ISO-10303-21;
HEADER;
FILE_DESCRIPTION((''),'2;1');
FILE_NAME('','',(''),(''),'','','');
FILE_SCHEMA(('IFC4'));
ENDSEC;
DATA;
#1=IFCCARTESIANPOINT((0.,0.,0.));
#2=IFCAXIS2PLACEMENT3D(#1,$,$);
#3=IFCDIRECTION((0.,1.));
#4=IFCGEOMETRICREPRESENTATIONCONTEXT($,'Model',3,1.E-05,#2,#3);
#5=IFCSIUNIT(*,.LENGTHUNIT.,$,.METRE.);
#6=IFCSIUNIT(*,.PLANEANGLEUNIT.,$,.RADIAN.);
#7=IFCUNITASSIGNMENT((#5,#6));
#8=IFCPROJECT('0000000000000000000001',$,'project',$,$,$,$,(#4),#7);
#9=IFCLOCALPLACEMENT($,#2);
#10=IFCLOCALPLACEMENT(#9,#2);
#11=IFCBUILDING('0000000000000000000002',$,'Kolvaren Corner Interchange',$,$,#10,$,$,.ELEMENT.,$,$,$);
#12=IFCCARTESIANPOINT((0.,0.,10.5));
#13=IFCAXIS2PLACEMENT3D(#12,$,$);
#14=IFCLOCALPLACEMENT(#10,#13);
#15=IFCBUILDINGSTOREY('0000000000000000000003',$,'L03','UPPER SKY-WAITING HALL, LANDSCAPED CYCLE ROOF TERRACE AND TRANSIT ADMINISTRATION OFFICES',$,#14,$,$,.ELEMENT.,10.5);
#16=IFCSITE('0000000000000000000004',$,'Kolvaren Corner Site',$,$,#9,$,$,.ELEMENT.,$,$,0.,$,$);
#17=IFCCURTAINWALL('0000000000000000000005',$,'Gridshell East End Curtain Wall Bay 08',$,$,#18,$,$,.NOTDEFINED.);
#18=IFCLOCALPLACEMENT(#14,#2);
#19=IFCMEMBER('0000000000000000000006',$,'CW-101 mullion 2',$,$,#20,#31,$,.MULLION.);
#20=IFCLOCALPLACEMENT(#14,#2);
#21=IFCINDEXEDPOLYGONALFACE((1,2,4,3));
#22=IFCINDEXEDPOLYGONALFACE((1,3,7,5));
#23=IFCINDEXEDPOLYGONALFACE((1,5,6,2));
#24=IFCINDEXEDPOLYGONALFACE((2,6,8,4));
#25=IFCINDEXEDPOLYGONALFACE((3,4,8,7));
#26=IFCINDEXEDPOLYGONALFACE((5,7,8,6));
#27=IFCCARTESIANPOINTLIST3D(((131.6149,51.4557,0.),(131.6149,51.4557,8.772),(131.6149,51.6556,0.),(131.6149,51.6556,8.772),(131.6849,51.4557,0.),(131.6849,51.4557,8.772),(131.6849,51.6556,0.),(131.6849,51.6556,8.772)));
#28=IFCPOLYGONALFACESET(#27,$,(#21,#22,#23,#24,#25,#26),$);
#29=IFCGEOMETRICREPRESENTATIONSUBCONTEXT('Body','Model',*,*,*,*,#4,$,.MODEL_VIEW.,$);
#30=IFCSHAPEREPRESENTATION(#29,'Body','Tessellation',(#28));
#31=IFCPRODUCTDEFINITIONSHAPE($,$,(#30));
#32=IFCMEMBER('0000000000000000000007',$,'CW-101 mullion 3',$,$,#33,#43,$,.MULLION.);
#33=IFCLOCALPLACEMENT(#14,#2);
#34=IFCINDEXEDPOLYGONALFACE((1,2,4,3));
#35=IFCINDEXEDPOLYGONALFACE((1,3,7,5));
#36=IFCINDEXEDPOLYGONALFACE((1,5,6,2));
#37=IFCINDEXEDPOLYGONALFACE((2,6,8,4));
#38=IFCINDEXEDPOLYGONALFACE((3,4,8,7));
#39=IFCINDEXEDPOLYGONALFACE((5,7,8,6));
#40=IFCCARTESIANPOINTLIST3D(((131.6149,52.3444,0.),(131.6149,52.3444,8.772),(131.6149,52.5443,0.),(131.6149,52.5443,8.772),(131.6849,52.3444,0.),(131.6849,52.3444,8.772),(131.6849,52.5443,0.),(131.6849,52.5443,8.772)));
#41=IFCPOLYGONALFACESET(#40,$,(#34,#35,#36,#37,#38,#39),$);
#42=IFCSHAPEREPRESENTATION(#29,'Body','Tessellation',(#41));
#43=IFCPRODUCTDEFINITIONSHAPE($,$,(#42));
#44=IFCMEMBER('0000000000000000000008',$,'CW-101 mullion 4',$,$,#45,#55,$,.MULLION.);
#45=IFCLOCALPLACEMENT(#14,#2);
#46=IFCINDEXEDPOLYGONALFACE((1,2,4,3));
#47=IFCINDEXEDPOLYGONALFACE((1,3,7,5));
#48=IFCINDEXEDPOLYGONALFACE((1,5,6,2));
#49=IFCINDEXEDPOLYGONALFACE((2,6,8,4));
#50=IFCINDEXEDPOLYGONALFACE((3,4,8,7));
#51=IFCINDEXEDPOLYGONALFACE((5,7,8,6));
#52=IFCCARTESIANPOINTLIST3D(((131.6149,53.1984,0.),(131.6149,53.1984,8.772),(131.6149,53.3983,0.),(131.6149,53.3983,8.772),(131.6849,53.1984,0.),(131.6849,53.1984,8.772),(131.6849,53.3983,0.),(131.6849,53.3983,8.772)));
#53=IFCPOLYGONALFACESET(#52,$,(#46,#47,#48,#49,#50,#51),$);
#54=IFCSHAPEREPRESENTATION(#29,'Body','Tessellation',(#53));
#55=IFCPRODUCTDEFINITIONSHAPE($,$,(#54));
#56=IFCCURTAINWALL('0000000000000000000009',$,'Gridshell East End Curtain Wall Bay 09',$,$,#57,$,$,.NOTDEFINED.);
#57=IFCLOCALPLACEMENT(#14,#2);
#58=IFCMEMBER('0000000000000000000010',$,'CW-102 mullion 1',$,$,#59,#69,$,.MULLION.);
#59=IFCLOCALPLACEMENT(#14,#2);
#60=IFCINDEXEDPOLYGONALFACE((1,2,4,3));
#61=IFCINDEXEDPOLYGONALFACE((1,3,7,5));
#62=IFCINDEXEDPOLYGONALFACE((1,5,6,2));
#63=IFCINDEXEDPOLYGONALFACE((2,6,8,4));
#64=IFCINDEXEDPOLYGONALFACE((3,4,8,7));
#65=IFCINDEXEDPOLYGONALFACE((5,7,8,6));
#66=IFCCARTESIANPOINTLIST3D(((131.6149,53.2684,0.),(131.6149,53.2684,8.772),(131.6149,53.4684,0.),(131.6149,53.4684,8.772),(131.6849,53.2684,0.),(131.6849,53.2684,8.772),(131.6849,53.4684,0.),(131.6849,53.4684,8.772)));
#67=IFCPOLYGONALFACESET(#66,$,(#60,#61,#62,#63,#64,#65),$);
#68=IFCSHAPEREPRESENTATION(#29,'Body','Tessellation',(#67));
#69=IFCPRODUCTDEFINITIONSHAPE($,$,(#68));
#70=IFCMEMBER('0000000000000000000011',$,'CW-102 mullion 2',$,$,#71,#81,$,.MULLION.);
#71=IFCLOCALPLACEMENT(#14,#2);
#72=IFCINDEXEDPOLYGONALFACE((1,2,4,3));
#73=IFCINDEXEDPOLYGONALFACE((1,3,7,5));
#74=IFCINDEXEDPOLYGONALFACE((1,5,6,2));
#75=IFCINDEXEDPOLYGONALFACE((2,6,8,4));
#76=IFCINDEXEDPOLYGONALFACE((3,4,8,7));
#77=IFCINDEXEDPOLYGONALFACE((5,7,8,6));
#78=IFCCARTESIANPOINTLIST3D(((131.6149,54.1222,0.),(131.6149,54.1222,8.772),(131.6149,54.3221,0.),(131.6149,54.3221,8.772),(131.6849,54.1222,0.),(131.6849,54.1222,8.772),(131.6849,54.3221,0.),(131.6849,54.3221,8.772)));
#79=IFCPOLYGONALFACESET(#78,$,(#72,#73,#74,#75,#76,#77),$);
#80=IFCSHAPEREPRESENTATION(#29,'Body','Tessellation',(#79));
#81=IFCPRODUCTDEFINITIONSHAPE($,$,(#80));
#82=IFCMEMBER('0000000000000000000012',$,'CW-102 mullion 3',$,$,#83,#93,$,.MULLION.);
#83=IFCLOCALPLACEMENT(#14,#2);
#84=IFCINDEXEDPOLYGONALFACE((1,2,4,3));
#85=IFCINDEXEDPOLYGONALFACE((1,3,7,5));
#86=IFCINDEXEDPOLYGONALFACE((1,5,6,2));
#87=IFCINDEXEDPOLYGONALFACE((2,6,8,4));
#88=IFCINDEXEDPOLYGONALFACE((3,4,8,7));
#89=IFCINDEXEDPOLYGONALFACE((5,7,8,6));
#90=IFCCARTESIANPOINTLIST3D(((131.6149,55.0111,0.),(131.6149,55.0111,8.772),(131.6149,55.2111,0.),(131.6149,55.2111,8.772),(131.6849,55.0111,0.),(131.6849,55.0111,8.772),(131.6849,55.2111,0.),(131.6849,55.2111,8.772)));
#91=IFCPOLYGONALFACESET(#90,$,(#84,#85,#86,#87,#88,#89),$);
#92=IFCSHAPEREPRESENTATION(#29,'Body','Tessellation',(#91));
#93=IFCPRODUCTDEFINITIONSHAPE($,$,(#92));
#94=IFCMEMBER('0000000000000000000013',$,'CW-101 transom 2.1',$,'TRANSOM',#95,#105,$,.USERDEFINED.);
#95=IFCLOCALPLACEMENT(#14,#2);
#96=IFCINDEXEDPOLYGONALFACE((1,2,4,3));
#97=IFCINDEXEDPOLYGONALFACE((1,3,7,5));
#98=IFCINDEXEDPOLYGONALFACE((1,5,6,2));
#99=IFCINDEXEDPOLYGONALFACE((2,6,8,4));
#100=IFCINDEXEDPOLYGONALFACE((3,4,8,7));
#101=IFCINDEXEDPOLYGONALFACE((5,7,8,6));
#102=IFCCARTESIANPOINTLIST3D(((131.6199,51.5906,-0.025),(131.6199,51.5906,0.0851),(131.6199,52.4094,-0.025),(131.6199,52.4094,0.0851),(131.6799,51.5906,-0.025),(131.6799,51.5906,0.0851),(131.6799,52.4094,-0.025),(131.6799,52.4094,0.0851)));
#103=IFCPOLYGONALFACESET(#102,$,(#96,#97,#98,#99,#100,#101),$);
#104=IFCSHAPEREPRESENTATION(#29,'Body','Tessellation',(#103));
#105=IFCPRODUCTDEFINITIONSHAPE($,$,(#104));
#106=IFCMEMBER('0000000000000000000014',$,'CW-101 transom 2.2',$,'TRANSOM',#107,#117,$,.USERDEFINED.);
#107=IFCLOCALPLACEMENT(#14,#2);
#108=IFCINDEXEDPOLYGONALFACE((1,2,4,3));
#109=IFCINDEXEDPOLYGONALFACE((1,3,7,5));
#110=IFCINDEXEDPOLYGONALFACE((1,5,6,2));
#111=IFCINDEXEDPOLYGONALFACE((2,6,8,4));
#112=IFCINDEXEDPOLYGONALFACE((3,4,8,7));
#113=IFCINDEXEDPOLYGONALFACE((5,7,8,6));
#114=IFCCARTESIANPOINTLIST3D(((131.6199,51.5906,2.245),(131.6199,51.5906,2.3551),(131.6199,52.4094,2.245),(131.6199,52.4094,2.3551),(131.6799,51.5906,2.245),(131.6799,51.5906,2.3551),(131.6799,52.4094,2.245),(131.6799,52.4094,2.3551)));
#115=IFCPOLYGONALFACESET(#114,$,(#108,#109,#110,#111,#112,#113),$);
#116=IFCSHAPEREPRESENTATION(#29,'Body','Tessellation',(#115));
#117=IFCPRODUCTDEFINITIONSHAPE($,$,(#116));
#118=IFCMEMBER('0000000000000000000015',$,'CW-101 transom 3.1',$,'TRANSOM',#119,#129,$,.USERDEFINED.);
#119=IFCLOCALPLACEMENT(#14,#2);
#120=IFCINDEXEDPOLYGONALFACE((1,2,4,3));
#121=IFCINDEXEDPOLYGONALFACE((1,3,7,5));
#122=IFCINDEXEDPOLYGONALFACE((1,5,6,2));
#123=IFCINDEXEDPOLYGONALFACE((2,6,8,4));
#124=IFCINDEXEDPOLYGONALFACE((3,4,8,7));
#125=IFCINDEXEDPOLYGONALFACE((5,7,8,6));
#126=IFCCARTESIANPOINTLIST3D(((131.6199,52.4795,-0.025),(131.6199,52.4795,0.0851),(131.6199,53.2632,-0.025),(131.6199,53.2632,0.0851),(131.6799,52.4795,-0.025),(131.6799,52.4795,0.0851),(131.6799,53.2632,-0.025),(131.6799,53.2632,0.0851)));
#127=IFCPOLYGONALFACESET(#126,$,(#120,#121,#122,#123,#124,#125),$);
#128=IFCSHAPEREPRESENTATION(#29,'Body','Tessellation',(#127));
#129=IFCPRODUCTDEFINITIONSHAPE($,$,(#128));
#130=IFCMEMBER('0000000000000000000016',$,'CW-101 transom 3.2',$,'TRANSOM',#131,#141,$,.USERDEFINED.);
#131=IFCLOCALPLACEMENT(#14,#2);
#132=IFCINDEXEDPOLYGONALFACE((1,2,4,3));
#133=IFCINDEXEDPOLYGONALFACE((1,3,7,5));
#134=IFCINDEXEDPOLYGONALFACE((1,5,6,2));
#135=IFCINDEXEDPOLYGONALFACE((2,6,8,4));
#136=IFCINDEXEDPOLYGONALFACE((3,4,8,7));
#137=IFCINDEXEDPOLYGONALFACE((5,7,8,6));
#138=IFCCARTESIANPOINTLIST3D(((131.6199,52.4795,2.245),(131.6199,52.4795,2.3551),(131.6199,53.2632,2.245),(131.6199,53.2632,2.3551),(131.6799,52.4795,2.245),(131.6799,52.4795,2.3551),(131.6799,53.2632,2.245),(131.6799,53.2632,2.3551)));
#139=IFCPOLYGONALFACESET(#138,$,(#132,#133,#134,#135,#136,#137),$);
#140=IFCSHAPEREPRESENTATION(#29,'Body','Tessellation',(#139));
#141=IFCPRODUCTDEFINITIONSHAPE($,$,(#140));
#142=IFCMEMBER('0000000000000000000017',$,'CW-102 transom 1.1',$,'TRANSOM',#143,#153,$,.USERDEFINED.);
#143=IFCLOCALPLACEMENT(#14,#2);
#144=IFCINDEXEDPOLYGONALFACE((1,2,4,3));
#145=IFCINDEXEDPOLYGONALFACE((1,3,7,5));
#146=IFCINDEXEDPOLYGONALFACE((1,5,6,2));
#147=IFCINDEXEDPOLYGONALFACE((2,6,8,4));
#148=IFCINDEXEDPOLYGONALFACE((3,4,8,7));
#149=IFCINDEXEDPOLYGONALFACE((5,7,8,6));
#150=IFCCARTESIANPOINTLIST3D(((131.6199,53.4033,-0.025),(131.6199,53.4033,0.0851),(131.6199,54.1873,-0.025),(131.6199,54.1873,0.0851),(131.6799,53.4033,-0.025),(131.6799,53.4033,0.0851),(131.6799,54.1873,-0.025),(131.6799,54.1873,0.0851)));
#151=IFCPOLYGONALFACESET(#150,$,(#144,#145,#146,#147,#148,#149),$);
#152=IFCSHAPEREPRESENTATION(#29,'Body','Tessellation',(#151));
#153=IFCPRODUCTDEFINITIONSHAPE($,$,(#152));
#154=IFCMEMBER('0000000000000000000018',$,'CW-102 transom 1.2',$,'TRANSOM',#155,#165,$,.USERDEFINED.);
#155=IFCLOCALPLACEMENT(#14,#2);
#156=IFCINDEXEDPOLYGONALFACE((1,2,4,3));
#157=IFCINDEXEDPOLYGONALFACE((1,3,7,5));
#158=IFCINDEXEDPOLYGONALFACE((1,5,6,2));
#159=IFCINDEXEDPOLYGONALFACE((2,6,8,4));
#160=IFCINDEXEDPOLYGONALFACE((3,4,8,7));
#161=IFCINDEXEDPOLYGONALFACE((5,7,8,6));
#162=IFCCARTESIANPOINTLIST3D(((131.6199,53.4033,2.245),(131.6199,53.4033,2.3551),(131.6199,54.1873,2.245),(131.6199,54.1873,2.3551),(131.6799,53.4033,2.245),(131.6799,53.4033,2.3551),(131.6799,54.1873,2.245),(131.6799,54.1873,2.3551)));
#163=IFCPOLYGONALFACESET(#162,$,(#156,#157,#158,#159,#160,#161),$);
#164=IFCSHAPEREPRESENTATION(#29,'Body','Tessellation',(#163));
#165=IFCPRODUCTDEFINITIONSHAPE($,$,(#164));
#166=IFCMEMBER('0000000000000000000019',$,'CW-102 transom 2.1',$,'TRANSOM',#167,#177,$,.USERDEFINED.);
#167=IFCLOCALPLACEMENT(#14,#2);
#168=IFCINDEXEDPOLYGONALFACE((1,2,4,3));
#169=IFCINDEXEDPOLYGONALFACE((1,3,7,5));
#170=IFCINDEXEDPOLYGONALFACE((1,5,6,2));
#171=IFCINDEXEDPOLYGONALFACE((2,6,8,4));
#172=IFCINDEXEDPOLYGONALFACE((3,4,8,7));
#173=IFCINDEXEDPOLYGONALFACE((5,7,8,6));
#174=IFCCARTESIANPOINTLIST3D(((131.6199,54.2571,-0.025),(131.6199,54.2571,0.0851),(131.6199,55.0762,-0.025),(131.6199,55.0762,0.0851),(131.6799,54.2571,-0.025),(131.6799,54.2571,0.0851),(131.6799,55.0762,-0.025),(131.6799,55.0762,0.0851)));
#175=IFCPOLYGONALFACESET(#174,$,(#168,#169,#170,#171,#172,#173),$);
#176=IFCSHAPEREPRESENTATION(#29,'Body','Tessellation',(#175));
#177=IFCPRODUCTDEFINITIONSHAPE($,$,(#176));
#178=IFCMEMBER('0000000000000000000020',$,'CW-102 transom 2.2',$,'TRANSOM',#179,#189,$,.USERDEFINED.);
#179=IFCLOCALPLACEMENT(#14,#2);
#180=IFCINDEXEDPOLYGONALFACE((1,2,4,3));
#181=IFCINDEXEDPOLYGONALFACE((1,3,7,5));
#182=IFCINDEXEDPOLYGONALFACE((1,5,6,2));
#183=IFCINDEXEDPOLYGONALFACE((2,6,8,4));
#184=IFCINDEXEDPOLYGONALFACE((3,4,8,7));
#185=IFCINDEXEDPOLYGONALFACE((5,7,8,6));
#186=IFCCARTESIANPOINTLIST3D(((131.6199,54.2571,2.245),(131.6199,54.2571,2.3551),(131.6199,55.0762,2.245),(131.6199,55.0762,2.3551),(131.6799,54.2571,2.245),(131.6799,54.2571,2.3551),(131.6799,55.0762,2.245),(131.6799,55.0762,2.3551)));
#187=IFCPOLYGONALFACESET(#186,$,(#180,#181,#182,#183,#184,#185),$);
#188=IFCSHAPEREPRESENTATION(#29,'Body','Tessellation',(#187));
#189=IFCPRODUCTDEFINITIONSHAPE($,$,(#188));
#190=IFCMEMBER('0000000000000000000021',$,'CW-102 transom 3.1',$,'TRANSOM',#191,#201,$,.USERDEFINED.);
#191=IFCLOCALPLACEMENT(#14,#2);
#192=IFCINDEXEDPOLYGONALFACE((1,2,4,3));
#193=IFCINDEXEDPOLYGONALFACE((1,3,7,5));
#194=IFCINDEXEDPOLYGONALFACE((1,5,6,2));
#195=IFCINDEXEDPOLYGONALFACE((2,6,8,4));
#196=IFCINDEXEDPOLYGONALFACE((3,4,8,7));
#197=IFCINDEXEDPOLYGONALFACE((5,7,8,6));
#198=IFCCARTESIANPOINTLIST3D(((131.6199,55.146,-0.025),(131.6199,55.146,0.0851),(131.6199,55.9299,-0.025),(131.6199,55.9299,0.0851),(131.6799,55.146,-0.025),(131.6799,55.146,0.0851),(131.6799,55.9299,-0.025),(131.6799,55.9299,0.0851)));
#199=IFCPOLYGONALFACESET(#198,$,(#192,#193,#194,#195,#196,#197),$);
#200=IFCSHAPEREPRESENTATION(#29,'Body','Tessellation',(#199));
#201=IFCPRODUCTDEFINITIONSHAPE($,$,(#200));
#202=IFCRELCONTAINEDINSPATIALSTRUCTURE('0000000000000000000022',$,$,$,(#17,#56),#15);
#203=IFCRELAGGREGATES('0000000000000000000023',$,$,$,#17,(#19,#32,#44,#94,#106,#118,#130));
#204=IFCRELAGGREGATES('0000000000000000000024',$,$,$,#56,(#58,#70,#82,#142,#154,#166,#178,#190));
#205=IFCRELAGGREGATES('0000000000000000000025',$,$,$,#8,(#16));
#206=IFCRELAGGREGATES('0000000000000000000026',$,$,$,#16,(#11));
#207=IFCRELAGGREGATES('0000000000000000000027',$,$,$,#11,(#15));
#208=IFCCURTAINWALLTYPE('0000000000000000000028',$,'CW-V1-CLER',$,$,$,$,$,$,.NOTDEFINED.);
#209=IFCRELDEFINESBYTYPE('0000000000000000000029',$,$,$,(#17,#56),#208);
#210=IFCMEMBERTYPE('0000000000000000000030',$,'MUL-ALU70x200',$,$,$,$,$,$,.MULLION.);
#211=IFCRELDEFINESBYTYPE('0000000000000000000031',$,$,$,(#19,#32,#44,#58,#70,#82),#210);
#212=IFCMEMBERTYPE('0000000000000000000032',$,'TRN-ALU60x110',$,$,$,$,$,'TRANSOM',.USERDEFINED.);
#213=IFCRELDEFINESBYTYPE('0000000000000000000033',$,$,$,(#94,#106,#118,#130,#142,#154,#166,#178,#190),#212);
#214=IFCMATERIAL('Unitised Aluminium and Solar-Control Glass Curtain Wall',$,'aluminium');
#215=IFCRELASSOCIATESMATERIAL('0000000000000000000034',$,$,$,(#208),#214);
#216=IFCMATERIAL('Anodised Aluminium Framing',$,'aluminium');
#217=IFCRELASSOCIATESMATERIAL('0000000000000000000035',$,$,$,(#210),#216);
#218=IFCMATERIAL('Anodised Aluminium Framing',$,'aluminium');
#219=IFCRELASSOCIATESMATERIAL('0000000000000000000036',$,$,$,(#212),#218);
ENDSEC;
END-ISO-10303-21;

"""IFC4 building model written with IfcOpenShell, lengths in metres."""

from ifc_helpers import new_model, si_unit, direction, frame, origin, origin_2d, place, context, subcontext, project, spatial, rectangle, extrude, material, material_profile, profile_set, type_object, element, aggregate, save


model = new_model("IFC4")

# Units and contexts
model_context = context("Model", 3, precision=1e-05, world=origin(), true_north=direction((0.0, 1.0)))
body_context = subcontext(model_context, "Body", "Model", "MODEL_VIEW")
ifc_project = project(units=[si_unit("LENGTHUNIT", "METRE"), si_unit("PLANEANGLEUNIT", "RADIAN")], contexts=[model_context])

# Site, building, storey
site_placement = place(None, origin())
site = spatial("IfcSite", under=ifc_project, at=site_placement, Name="Kolvaren Corner Site", CompositionType="ELEMENT", RefElevation=0.0)
building_placement = place(site_placement, origin())
building = spatial("IfcBuilding", under=site, at=building_placement, Name="Kolvaren Corner Interchange", CompositionType="ELEMENT")
storey_placement = place(building_placement, frame((0.0, 0.0, 10.5)))
storey = spatial("IfcBuildingStorey", under=building, at=storey_placement, Name="L03", Description="UPPER SKY-WAITING HALL, LANDSCAPED CYCLE ROOF TERRACE AND TRANSIT ADMINISTRATION OFFICES", CompositionType="ELEMENT", Elevation=10.5)

# Curtain walls, members
ifc_material_1 = material(Name="Unitised Aluminium and Solar-Control Glass Curtain Wall", Category="aluminium")
curtain_wall_type = type_object("IfcCurtainWallType", Name="CW-V1-CLER", PredefinedType="NOTDEFINED", material=ifc_material_1)
curtain_wall_1_placement = place(storey_placement, origin())
curtain_wall_1 = element("IfcCurtainWall", 1, at=curtain_wall_1_placement, inside=storey, type_object=curtain_wall_type, Name="Gridshell East End Curtain Wall Bay 08", PredefinedType="NOTDEFINED")
ifc_material_2 = material(Name="Anodised Aluminium Framing", Category="aluminium")
ifc_material_profile_1 = material_profile(ifc_material_2, rectangle(XDim=0.0701, YDim=0.2, at=origin_2d()), Name="ALU 70x200")
ifc_profile_set_1 = profile_set([ifc_material_profile_1], Name="Anodised Aluminium Framing")
member_type_1 = type_object("IfcMemberType", Name="MUL-ALU70x200", PredefinedType="MULLION", material=ifc_profile_set_1)
member_1_placement = place(storey_placement, frame((131.6499, 51.5557, 0.0), z_axis=(0.0, 0.0, 1.0), x_axis=(-1.0, 0.0, 0.0)))
member_1 = element("IfcMember", 2, at=member_1_placement, type_object=member_type_1, Name="CW-101 mullion 2", PredefinedType="MULLION", context=body_context, shape_type="SweptSolid", body=[
    extrude(rectangle(XDim=0.0701, YDim=0.2, at=origin_2d()), origin(), (0.0, 0.0, 1.0), 8.772),
])
member_2_placement = place(storey_placement, frame((131.6499, 52.4443, 0.0), z_axis=(0.0, 0.0, 1.0), x_axis=(-1.0, 0.0, 0.0)))
member_2 = element("IfcMember", 3, at=member_2_placement, type_object=member_type_1, Name="CW-101 mullion 3", PredefinedType="MULLION", context=body_context, shape_type="SweptSolid", body=[
    extrude(rectangle(XDim=0.0701, YDim=0.2, at=origin_2d()), origin(), (0.0, 0.0, 1.0), 8.772),
])
member_3_placement = place(storey_placement, frame((131.6499, 53.2983, 0.0), z_axis=(0.0, 0.0, 1.0), x_axis=(-1.0, 0.0, 0.0)))
member_3 = element("IfcMember", 4, at=member_3_placement, type_object=member_type_1, Name="CW-101 mullion 4", PredefinedType="MULLION", context=body_context, shape_type="SweptSolid", body=[
    extrude(rectangle(XDim=0.0701, YDim=0.2, at=origin_2d()), origin(), (0.0, 0.0, 1.0), 8.772),
])
curtain_wall_2_placement = place(storey_placement, origin())
curtain_wall_2 = element("IfcCurtainWall", 5, at=curtain_wall_2_placement, inside=storey, type_object=curtain_wall_type, Name="Gridshell East End Curtain Wall Bay 09", PredefinedType="NOTDEFINED")
member_4_placement = place(storey_placement, frame((131.6499, 53.3684, 0.0), z_axis=(0.0, 0.0, 1.0), x_axis=(-1.0, 0.0, 0.0)))
member_4 = element("IfcMember", 6, at=member_4_placement, type_object=member_type_1, Name="CW-102 mullion 1", PredefinedType="MULLION", context=body_context, shape_type="SweptSolid", body=[
    extrude(rectangle(XDim=0.0701, YDim=0.2, at=origin_2d()), origin(), (0.0, 0.0, 1.0), 8.772),
])
member_5_placement = place(storey_placement, frame((131.6499, 54.2222, 0.0), z_axis=(0.0, 0.0, 1.0), x_axis=(-1.0, 0.0, 0.0)))
member_5 = element("IfcMember", 7, at=member_5_placement, type_object=member_type_1, Name="CW-102 mullion 2", PredefinedType="MULLION", context=body_context, shape_type="SweptSolid", body=[
    extrude(rectangle(XDim=0.0701, YDim=0.2, at=origin_2d()), origin(), (0.0, 0.0, 1.0), 8.772),
])
member_6_placement = place(storey_placement, frame((131.6499, 55.1111, 0.0), z_axis=(0.0, 0.0, 1.0), x_axis=(-1.0, 0.0, 0.0)))
member_6 = element("IfcMember", 8, at=member_6_placement, type_object=member_type_1, Name="CW-102 mullion 3", PredefinedType="MULLION", context=body_context, shape_type="SweptSolid", body=[
    extrude(rectangle(XDim=0.0701, YDim=0.2, at=origin_2d()), origin(), (0.0, 0.0, 1.0), 8.772),
])

# Members
ifc_material_3 = material(Name="Anodised Aluminium Framing", Category="aluminium")
ifc_material_profile_2 = material_profile(ifc_material_3, rectangle(XDim=0.0601, YDim=0.1101, at=origin_2d()), Name="ALU 60x110")
ifc_profile_set_2 = profile_set([ifc_material_profile_2], Name="Anodised Aluminium Framing")
member_type_2 = type_object("IfcMemberType", Name="TRN-ALU60x110", ElementType="TRANSOM", PredefinedType="USERDEFINED", material=ifc_profile_set_2)
member_7_placement = place(storey_placement, frame((131.6499, 51.5906, 0.03), z_axis=(0.0, 1.0, 0.0), x_axis=(-1.0, 0.0, 0.0)))
member_7 = element("IfcMember", 9, at=member_7_placement, type_object=member_type_2, Name="CW-101 transom 2.1", ObjectType="TRANSOM", PredefinedType="USERDEFINED", context=body_context, shape_type="SweptSolid", body=[
    extrude(rectangle(XDim=0.0601, YDim=0.1101, at=origin_2d()), origin(), (0.0, 0.0, 1.0), 0.8188),
])
member_8_placement = place(storey_placement, frame((131.6499, 51.5906, 2.3), z_axis=(0.0, 1.0, 0.0), x_axis=(-1.0, 0.0, 0.0)))
member_8 = element("IfcMember", 10, at=member_8_placement, type_object=member_type_2, Name="CW-101 transom 2.2", ObjectType="TRANSOM", PredefinedType="USERDEFINED", context=body_context, shape_type="SweptSolid", body=[
    extrude(rectangle(XDim=0.0601, YDim=0.1101, at=origin_2d()), origin(), (0.0, 0.0, 1.0), 0.8188),
])
member_9_placement = place(storey_placement, frame((131.6499, 52.4795, 0.03), z_axis=(0.0, 1.0, 0.0), x_axis=(-1.0, 0.0, 0.0)))
member_9 = element("IfcMember", 11, at=member_9_placement, type_object=member_type_2, Name="CW-101 transom 3.1", ObjectType="TRANSOM", PredefinedType="USERDEFINED", context=body_context, shape_type="SweptSolid", body=[
    extrude(rectangle(XDim=0.0601, YDim=0.1101, at=origin_2d()), origin(), (0.0, 0.0, 1.0), 0.7837),
])
member_10_placement = place(storey_placement, frame((131.6499, 52.4795, 2.3), z_axis=(0.0, 1.0, 0.0), x_axis=(-1.0, 0.0, 0.0)))
member_10 = element("IfcMember", 12, at=member_10_placement, type_object=member_type_2, Name="CW-101 transom 3.2", ObjectType="TRANSOM", PredefinedType="USERDEFINED", context=body_context, shape_type="SweptSolid", body=[
    extrude(rectangle(XDim=0.0601, YDim=0.1101, at=origin_2d()), origin(), (0.0, 0.0, 1.0), 0.7837),
])
member_11_placement = place(storey_placement, frame((131.6499, 53.4033, 0.03), z_axis=(0.0, 1.0, 0.0), x_axis=(-1.0, 0.0, 0.0)))
member_11 = element("IfcMember", 13, at=member_11_placement, type_object=member_type_2, Name="CW-102 transom 1.1", ObjectType="TRANSOM", PredefinedType="USERDEFINED", context=body_context, shape_type="SweptSolid", body=[
    extrude(rectangle(XDim=0.0601, YDim=0.1101, at=origin_2d()), origin(), (0.0, 0.0, 1.0), 0.7839),
])
member_12_placement = place(storey_placement, frame((131.6499, 53.4033, 2.3), z_axis=(0.0, 1.0, 0.0), x_axis=(-1.0, 0.0, 0.0)))
member_12 = element("IfcMember", 14, at=member_12_placement, type_object=member_type_2, Name="CW-102 transom 1.2", ObjectType="TRANSOM", PredefinedType="USERDEFINED", context=body_context, shape_type="SweptSolid", body=[
    extrude(rectangle(XDim=0.0601, YDim=0.1101, at=origin_2d()), origin(), (0.0, 0.0, 1.0), 0.7839),
])
member_13_placement = place(storey_placement, frame((131.6499, 54.2571, 0.03), z_axis=(0.0, 1.0, 0.0), x_axis=(-1.0, 0.0, 0.0)))
member_13 = element("IfcMember", 15, at=member_13_placement, type_object=member_type_2, Name="CW-102 transom 2.1", ObjectType="TRANSOM", PredefinedType="USERDEFINED", context=body_context, shape_type="SweptSolid", body=[
    extrude(rectangle(XDim=0.0601, YDim=0.1101, at=origin_2d()), origin(), (0.0, 0.0, 1.0), 0.8191),
])
member_14_placement = place(storey_placement, frame((131.6499, 54.2571, 2.3), z_axis=(0.0, 1.0, 0.0), x_axis=(-1.0, 0.0, 0.0)))
member_14 = element("IfcMember", 16, at=member_14_placement, type_object=member_type_2, Name="CW-102 transom 2.2", ObjectType="TRANSOM", PredefinedType="USERDEFINED", context=body_context, shape_type="SweptSolid", body=[
    extrude(rectangle(XDim=0.0601, YDim=0.1101, at=origin_2d()), origin(), (0.0, 0.0, 1.0), 0.8191),
])
member_15_placement = place(storey_placement, frame((131.6499, 55.146, 0.03), z_axis=(0.0, 1.0, 0.0), x_axis=(-1.0, 0.0, 0.0)))
member_15 = element("IfcMember", 17, at=member_15_placement, type_object=member_type_2, Name="CW-102 transom 3.1", ObjectType="TRANSOM", PredefinedType="USERDEFINED", context=body_context, shape_type="SweptSolid", body=[
    extrude(rectangle(XDim=0.0601, YDim=0.1101, at=origin_2d()), origin(), (0.0, 0.0, 1.0), 0.7839),
])

aggregate(curtain_wall_1, [member_1, member_2, member_3, member_7, member_8, member_9, member_10])
aggregate(curtain_wall_2, [member_4, member_5, member_6, member_11, member_12, member_13, member_14, member_15])

save(model, "model.ifc")
